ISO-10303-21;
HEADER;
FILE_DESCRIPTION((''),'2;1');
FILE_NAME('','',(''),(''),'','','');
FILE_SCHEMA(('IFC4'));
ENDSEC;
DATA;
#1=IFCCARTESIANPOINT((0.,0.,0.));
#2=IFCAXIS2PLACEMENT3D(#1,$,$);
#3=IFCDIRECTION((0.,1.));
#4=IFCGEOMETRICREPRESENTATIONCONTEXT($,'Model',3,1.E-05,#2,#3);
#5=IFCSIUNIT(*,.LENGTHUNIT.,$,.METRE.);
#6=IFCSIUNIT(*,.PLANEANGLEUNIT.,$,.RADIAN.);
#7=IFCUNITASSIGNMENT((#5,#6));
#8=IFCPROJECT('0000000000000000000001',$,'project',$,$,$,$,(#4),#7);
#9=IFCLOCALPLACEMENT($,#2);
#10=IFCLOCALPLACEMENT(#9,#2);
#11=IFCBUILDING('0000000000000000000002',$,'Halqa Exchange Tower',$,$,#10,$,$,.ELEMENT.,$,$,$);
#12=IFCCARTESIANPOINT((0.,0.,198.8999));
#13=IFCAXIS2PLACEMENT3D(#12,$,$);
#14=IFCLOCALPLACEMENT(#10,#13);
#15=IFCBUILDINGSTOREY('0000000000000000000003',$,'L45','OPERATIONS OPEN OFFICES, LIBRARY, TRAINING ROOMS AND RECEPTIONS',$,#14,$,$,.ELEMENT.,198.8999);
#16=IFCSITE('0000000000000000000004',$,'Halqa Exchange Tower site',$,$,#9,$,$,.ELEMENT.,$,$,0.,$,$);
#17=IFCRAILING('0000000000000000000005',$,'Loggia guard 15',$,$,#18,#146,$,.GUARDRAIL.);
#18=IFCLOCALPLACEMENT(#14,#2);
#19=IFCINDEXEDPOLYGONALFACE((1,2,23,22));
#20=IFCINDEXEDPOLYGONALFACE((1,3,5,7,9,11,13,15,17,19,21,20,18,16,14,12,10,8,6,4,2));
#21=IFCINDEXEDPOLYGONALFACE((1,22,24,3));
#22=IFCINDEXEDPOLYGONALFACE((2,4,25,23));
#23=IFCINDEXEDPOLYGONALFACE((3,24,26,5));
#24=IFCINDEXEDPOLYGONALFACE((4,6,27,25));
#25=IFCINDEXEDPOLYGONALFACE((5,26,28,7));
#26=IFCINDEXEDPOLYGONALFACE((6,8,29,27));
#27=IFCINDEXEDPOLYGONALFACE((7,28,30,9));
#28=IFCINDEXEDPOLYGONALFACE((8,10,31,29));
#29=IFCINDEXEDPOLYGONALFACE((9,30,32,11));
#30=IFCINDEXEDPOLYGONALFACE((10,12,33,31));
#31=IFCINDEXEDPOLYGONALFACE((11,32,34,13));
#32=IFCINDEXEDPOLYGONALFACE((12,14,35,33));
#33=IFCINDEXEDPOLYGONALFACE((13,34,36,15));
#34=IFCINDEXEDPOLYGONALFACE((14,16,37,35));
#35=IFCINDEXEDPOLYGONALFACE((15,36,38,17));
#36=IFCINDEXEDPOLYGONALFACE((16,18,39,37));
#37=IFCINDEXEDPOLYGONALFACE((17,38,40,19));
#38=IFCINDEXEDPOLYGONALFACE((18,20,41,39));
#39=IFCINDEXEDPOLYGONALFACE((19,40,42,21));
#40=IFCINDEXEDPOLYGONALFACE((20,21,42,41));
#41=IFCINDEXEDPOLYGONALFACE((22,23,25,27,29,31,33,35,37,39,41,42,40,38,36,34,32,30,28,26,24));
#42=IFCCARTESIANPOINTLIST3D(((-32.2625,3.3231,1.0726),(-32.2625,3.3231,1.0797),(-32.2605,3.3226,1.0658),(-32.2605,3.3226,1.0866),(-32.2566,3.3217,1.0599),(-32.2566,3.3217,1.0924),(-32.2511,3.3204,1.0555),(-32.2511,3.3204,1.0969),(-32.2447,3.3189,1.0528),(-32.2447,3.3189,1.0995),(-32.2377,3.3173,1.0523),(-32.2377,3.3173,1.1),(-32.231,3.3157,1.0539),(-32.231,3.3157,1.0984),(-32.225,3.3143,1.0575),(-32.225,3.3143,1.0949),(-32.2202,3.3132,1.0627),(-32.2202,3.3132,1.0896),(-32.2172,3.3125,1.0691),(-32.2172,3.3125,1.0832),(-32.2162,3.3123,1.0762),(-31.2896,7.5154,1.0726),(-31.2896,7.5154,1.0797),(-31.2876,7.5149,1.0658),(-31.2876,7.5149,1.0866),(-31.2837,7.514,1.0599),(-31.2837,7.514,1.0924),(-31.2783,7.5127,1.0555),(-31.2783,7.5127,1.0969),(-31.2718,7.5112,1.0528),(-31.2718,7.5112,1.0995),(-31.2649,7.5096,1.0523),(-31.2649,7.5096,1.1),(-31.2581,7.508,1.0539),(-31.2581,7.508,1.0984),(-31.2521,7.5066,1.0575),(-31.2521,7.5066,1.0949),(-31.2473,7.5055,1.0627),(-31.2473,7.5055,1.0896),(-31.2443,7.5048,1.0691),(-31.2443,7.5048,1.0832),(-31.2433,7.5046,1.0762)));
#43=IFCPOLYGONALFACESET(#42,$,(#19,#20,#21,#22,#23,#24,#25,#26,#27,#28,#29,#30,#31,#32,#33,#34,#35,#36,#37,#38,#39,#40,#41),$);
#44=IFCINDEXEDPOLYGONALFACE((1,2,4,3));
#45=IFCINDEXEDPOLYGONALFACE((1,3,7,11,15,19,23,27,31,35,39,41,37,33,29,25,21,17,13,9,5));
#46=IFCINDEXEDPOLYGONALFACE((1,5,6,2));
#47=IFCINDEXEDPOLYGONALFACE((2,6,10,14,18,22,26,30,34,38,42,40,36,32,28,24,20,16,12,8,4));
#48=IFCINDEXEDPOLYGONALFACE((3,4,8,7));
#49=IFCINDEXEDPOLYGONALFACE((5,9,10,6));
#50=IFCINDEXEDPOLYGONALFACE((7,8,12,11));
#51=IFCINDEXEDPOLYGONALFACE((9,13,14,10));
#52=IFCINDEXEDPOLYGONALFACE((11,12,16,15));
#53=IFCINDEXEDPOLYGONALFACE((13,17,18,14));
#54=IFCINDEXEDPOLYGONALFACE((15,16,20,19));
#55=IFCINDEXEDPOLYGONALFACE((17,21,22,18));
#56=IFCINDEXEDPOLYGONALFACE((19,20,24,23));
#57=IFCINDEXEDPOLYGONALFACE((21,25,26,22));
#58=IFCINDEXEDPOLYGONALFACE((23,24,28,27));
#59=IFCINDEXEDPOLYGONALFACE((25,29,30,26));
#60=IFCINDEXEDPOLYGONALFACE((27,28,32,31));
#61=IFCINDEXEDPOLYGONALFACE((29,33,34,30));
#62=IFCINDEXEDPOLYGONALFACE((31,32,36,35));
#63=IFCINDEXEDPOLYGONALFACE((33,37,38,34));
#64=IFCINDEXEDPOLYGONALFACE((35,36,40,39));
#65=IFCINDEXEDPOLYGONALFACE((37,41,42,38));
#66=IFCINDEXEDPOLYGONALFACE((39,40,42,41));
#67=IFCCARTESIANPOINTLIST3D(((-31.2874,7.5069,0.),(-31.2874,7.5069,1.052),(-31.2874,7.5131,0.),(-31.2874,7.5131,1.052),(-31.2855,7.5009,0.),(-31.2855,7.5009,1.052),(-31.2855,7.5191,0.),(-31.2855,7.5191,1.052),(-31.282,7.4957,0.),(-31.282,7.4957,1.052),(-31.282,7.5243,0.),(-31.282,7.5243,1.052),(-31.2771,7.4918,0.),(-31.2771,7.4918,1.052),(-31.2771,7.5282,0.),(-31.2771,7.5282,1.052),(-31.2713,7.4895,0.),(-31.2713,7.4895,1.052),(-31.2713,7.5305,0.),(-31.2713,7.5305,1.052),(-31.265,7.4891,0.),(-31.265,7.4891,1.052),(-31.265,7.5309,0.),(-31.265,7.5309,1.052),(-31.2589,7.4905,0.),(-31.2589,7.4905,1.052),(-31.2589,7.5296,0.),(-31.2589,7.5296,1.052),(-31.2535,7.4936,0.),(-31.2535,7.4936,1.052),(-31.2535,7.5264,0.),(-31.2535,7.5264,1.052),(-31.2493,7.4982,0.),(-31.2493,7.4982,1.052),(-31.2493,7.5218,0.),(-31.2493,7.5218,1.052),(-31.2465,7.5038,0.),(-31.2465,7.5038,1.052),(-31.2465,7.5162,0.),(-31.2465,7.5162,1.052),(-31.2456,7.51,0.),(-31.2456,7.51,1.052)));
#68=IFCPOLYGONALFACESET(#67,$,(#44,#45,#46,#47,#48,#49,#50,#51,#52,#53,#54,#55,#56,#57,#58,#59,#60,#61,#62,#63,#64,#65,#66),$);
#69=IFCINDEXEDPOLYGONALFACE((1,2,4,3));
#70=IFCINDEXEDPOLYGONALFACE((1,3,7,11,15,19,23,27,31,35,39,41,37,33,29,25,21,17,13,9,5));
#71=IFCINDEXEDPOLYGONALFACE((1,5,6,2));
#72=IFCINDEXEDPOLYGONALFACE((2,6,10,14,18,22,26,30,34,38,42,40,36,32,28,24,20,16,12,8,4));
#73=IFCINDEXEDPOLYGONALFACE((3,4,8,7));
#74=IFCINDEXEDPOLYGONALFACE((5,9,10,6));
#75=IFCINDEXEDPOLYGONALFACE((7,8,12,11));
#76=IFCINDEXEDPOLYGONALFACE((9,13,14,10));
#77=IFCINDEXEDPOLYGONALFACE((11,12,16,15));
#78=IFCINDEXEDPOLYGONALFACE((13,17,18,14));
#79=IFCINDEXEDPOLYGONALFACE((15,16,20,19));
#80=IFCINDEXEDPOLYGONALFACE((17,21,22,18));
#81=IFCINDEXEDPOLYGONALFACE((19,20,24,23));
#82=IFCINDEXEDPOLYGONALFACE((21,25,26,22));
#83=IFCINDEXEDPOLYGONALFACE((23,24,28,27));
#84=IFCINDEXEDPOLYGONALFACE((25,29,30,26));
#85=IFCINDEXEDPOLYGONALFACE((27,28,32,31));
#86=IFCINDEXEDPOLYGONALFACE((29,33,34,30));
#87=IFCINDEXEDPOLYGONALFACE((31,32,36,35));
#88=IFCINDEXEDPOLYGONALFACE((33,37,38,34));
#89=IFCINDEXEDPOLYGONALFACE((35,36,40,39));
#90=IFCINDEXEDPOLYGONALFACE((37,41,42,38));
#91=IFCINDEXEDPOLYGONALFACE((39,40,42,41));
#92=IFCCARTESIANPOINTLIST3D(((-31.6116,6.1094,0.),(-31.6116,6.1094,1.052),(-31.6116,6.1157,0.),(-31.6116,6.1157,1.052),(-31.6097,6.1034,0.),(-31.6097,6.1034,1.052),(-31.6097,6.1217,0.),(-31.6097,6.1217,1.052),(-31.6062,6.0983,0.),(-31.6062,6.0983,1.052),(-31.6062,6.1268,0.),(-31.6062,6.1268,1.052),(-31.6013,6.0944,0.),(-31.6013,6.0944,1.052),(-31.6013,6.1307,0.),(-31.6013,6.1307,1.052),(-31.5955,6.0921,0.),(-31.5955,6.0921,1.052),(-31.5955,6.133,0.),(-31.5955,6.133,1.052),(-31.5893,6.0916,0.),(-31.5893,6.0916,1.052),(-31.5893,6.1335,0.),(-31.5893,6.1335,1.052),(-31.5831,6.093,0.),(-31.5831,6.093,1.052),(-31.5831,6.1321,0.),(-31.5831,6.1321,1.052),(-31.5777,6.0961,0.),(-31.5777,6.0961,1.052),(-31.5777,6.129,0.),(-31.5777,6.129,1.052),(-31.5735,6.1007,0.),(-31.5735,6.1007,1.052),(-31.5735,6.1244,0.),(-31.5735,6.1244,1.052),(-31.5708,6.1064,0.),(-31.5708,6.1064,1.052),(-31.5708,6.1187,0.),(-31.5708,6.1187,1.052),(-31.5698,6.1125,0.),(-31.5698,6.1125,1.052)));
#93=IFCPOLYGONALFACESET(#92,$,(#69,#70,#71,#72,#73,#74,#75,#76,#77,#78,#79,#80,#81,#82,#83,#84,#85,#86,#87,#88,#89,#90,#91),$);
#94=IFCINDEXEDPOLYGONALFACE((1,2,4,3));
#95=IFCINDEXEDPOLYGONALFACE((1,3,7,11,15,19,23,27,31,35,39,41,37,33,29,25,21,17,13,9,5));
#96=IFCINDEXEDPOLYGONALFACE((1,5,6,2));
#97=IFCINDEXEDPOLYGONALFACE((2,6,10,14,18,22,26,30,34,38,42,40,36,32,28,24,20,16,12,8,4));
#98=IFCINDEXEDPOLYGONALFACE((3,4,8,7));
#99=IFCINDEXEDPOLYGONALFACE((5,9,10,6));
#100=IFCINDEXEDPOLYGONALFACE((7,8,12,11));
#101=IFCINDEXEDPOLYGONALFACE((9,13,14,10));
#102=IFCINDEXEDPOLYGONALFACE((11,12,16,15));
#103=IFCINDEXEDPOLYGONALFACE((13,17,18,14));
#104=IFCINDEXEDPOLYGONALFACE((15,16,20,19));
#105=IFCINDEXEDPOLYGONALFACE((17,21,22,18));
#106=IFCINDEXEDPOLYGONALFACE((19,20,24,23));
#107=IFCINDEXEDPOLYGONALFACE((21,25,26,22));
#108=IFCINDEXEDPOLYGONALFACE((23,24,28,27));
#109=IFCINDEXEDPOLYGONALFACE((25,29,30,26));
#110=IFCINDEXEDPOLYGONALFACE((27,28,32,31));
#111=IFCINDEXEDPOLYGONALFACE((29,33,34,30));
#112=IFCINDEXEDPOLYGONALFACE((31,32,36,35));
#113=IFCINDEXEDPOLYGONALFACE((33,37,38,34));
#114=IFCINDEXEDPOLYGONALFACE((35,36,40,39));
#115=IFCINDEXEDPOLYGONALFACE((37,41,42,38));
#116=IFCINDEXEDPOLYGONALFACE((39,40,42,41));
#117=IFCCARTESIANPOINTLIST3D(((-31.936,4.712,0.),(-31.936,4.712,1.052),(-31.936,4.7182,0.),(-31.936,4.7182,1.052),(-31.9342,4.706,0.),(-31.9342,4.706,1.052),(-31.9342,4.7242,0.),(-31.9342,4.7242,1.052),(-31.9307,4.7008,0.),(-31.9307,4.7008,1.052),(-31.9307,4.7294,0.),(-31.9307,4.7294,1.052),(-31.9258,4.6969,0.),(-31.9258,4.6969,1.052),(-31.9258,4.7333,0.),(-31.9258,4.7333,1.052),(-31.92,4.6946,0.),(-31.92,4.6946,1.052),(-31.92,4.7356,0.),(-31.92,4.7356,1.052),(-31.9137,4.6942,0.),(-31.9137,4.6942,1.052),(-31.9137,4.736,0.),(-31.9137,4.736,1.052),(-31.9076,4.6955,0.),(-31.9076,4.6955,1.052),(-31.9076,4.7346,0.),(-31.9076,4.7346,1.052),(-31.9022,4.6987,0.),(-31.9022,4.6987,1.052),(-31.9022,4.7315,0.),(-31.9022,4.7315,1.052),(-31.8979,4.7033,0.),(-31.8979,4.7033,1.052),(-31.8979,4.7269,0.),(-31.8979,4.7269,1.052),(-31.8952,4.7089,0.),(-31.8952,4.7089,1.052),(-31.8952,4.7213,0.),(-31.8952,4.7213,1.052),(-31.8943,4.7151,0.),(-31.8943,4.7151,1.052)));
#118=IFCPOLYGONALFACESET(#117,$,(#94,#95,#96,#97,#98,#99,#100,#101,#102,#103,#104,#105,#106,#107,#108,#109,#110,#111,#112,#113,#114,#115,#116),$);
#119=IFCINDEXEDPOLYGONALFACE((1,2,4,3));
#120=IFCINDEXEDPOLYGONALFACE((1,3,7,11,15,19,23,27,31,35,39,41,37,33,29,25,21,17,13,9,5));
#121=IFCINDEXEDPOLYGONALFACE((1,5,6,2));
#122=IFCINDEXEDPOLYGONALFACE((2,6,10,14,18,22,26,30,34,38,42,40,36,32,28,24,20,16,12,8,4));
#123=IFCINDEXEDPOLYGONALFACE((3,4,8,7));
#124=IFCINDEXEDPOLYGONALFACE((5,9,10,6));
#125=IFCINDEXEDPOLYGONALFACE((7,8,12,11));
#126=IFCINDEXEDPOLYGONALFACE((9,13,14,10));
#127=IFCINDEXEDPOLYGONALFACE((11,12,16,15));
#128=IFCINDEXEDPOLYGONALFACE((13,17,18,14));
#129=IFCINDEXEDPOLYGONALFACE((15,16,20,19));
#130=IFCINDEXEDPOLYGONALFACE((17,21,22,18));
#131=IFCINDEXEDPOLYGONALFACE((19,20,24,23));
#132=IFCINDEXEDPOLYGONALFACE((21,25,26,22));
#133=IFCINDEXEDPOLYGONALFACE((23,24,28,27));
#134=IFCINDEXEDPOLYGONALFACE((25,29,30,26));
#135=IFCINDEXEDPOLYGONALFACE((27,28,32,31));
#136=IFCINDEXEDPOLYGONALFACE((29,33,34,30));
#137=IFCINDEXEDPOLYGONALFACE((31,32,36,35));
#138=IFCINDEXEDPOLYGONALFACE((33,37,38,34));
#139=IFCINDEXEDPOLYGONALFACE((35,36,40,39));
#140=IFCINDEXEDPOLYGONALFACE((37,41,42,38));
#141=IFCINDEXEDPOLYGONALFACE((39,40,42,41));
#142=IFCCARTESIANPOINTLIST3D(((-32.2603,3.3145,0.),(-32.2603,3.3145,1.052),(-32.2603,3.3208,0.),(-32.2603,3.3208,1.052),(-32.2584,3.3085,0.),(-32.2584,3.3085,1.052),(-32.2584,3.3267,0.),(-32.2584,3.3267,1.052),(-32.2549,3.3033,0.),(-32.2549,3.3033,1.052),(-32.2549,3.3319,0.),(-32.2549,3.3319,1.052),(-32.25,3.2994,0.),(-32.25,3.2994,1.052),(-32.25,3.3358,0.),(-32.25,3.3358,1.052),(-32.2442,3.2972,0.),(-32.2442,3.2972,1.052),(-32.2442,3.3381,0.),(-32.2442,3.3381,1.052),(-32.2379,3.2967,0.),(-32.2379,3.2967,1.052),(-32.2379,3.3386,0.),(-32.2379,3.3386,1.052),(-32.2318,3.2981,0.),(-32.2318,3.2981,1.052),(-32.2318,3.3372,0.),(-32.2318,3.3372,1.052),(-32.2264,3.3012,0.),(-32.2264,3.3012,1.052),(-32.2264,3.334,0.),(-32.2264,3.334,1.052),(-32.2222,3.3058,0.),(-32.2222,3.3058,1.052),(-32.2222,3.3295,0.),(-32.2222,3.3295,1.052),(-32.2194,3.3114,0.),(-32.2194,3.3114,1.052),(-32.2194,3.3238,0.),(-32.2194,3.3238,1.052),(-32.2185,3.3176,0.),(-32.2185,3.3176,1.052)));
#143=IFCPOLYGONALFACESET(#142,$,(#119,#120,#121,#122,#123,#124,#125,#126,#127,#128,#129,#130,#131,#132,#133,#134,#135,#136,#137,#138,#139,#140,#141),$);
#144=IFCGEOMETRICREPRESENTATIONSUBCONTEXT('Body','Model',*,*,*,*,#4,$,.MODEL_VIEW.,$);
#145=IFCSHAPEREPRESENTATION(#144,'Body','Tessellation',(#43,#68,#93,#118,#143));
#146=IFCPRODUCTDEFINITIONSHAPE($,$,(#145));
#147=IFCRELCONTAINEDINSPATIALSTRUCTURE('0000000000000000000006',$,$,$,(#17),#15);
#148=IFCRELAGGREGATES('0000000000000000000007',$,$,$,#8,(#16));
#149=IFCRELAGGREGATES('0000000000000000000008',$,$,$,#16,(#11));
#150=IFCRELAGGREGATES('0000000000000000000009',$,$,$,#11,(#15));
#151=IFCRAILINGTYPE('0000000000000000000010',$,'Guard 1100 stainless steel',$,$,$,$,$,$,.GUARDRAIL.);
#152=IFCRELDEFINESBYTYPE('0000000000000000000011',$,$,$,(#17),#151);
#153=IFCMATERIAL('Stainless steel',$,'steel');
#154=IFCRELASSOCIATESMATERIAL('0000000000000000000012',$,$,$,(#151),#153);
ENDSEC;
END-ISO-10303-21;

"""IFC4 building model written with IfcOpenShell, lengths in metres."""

from ifc_helpers import new_model, si_unit, direction, frame, origin, origin_2d, place, context, subcontext, project, spatial, circle, extrude, material, type_object, element, save


model = new_model("IFC4")

# Units and contexts
model_context = context("Model", 3, precision=1e-05, world=origin(), true_north=direction((0.0, 1.0)))
body_context = subcontext(model_context, "Body", "Model", "MODEL_VIEW")
ifc_project = project(units=[si_unit("LENGTHUNIT", "METRE"), si_unit("PLANEANGLEUNIT", "RADIAN")], contexts=[model_context])

# Site, building, storey
site_placement = place(None, origin())
site = spatial("IfcSite", under=ifc_project, at=site_placement, Name="Halqa Exchange Tower site", CompositionType="ELEMENT", RefElevation=0.0)
building_placement = place(site_placement, origin())
building = spatial("IfcBuilding", under=site, at=building_placement, Name="Halqa Exchange Tower", CompositionType="ELEMENT")
storey_placement = place(building_placement, frame((0.0, 0.0, 198.8999)))
storey = spatial("IfcBuildingStorey", under=building, at=storey_placement, Name="L45", Description="OPERATIONS OPEN OFFICES, LIBRARY, TRAINING ROOMS AND RECEPTIONS", CompositionType="ELEMENT", Elevation=198.8999)

# Railing
ifc_material_1 = material(Name="Stainless steel", Category="steel")
railing_type = type_object("IfcRailingType", Name="Guard 1100 stainless steel", PredefinedType="GUARDRAIL", material=ifc_material_1)
railing_1_placement = place(storey_placement, frame((-31.2666, 7.51, 0.0)))
element("IfcRailing", 1, at=railing_1_placement, inside=storey, type_object=railing_type, Name="Loggia guard 15", PredefinedType="GUARDRAIL", context=body_context, shape_type="SweptSolid", body=[
    extrude(circle(Radius=0.0239, at=origin_2d()), frame((0.0, 0.0, 1.0762), z_axis=(-0.226057, -0.974114, 0.0), x_axis=(0.974114, -0.226057, 0.0)), (0.0, 0.0, 1.0), 4.3037),
    extrude(circle(Radius=0.021, at=origin_2d()), origin(), (0.0, 0.0, 1.0), 1.052),
    extrude(circle(Radius=0.021, at=origin_2d()), frame((-0.3242, -1.3975, 0.0)), (0.0, 0.0, 1.0), 1.052),
    extrude(circle(Radius=0.021, at=origin_2d()), frame((-0.6487, -2.7949, 0.0)), (0.0, 0.0, 1.0), 1.052),
    extrude(circle(Radius=0.021, at=origin_2d()), frame((-0.9729, -4.1924, 0.0)), (0.0, 0.0, 1.0), 1.052),
])

save(model, "model.ifc")
